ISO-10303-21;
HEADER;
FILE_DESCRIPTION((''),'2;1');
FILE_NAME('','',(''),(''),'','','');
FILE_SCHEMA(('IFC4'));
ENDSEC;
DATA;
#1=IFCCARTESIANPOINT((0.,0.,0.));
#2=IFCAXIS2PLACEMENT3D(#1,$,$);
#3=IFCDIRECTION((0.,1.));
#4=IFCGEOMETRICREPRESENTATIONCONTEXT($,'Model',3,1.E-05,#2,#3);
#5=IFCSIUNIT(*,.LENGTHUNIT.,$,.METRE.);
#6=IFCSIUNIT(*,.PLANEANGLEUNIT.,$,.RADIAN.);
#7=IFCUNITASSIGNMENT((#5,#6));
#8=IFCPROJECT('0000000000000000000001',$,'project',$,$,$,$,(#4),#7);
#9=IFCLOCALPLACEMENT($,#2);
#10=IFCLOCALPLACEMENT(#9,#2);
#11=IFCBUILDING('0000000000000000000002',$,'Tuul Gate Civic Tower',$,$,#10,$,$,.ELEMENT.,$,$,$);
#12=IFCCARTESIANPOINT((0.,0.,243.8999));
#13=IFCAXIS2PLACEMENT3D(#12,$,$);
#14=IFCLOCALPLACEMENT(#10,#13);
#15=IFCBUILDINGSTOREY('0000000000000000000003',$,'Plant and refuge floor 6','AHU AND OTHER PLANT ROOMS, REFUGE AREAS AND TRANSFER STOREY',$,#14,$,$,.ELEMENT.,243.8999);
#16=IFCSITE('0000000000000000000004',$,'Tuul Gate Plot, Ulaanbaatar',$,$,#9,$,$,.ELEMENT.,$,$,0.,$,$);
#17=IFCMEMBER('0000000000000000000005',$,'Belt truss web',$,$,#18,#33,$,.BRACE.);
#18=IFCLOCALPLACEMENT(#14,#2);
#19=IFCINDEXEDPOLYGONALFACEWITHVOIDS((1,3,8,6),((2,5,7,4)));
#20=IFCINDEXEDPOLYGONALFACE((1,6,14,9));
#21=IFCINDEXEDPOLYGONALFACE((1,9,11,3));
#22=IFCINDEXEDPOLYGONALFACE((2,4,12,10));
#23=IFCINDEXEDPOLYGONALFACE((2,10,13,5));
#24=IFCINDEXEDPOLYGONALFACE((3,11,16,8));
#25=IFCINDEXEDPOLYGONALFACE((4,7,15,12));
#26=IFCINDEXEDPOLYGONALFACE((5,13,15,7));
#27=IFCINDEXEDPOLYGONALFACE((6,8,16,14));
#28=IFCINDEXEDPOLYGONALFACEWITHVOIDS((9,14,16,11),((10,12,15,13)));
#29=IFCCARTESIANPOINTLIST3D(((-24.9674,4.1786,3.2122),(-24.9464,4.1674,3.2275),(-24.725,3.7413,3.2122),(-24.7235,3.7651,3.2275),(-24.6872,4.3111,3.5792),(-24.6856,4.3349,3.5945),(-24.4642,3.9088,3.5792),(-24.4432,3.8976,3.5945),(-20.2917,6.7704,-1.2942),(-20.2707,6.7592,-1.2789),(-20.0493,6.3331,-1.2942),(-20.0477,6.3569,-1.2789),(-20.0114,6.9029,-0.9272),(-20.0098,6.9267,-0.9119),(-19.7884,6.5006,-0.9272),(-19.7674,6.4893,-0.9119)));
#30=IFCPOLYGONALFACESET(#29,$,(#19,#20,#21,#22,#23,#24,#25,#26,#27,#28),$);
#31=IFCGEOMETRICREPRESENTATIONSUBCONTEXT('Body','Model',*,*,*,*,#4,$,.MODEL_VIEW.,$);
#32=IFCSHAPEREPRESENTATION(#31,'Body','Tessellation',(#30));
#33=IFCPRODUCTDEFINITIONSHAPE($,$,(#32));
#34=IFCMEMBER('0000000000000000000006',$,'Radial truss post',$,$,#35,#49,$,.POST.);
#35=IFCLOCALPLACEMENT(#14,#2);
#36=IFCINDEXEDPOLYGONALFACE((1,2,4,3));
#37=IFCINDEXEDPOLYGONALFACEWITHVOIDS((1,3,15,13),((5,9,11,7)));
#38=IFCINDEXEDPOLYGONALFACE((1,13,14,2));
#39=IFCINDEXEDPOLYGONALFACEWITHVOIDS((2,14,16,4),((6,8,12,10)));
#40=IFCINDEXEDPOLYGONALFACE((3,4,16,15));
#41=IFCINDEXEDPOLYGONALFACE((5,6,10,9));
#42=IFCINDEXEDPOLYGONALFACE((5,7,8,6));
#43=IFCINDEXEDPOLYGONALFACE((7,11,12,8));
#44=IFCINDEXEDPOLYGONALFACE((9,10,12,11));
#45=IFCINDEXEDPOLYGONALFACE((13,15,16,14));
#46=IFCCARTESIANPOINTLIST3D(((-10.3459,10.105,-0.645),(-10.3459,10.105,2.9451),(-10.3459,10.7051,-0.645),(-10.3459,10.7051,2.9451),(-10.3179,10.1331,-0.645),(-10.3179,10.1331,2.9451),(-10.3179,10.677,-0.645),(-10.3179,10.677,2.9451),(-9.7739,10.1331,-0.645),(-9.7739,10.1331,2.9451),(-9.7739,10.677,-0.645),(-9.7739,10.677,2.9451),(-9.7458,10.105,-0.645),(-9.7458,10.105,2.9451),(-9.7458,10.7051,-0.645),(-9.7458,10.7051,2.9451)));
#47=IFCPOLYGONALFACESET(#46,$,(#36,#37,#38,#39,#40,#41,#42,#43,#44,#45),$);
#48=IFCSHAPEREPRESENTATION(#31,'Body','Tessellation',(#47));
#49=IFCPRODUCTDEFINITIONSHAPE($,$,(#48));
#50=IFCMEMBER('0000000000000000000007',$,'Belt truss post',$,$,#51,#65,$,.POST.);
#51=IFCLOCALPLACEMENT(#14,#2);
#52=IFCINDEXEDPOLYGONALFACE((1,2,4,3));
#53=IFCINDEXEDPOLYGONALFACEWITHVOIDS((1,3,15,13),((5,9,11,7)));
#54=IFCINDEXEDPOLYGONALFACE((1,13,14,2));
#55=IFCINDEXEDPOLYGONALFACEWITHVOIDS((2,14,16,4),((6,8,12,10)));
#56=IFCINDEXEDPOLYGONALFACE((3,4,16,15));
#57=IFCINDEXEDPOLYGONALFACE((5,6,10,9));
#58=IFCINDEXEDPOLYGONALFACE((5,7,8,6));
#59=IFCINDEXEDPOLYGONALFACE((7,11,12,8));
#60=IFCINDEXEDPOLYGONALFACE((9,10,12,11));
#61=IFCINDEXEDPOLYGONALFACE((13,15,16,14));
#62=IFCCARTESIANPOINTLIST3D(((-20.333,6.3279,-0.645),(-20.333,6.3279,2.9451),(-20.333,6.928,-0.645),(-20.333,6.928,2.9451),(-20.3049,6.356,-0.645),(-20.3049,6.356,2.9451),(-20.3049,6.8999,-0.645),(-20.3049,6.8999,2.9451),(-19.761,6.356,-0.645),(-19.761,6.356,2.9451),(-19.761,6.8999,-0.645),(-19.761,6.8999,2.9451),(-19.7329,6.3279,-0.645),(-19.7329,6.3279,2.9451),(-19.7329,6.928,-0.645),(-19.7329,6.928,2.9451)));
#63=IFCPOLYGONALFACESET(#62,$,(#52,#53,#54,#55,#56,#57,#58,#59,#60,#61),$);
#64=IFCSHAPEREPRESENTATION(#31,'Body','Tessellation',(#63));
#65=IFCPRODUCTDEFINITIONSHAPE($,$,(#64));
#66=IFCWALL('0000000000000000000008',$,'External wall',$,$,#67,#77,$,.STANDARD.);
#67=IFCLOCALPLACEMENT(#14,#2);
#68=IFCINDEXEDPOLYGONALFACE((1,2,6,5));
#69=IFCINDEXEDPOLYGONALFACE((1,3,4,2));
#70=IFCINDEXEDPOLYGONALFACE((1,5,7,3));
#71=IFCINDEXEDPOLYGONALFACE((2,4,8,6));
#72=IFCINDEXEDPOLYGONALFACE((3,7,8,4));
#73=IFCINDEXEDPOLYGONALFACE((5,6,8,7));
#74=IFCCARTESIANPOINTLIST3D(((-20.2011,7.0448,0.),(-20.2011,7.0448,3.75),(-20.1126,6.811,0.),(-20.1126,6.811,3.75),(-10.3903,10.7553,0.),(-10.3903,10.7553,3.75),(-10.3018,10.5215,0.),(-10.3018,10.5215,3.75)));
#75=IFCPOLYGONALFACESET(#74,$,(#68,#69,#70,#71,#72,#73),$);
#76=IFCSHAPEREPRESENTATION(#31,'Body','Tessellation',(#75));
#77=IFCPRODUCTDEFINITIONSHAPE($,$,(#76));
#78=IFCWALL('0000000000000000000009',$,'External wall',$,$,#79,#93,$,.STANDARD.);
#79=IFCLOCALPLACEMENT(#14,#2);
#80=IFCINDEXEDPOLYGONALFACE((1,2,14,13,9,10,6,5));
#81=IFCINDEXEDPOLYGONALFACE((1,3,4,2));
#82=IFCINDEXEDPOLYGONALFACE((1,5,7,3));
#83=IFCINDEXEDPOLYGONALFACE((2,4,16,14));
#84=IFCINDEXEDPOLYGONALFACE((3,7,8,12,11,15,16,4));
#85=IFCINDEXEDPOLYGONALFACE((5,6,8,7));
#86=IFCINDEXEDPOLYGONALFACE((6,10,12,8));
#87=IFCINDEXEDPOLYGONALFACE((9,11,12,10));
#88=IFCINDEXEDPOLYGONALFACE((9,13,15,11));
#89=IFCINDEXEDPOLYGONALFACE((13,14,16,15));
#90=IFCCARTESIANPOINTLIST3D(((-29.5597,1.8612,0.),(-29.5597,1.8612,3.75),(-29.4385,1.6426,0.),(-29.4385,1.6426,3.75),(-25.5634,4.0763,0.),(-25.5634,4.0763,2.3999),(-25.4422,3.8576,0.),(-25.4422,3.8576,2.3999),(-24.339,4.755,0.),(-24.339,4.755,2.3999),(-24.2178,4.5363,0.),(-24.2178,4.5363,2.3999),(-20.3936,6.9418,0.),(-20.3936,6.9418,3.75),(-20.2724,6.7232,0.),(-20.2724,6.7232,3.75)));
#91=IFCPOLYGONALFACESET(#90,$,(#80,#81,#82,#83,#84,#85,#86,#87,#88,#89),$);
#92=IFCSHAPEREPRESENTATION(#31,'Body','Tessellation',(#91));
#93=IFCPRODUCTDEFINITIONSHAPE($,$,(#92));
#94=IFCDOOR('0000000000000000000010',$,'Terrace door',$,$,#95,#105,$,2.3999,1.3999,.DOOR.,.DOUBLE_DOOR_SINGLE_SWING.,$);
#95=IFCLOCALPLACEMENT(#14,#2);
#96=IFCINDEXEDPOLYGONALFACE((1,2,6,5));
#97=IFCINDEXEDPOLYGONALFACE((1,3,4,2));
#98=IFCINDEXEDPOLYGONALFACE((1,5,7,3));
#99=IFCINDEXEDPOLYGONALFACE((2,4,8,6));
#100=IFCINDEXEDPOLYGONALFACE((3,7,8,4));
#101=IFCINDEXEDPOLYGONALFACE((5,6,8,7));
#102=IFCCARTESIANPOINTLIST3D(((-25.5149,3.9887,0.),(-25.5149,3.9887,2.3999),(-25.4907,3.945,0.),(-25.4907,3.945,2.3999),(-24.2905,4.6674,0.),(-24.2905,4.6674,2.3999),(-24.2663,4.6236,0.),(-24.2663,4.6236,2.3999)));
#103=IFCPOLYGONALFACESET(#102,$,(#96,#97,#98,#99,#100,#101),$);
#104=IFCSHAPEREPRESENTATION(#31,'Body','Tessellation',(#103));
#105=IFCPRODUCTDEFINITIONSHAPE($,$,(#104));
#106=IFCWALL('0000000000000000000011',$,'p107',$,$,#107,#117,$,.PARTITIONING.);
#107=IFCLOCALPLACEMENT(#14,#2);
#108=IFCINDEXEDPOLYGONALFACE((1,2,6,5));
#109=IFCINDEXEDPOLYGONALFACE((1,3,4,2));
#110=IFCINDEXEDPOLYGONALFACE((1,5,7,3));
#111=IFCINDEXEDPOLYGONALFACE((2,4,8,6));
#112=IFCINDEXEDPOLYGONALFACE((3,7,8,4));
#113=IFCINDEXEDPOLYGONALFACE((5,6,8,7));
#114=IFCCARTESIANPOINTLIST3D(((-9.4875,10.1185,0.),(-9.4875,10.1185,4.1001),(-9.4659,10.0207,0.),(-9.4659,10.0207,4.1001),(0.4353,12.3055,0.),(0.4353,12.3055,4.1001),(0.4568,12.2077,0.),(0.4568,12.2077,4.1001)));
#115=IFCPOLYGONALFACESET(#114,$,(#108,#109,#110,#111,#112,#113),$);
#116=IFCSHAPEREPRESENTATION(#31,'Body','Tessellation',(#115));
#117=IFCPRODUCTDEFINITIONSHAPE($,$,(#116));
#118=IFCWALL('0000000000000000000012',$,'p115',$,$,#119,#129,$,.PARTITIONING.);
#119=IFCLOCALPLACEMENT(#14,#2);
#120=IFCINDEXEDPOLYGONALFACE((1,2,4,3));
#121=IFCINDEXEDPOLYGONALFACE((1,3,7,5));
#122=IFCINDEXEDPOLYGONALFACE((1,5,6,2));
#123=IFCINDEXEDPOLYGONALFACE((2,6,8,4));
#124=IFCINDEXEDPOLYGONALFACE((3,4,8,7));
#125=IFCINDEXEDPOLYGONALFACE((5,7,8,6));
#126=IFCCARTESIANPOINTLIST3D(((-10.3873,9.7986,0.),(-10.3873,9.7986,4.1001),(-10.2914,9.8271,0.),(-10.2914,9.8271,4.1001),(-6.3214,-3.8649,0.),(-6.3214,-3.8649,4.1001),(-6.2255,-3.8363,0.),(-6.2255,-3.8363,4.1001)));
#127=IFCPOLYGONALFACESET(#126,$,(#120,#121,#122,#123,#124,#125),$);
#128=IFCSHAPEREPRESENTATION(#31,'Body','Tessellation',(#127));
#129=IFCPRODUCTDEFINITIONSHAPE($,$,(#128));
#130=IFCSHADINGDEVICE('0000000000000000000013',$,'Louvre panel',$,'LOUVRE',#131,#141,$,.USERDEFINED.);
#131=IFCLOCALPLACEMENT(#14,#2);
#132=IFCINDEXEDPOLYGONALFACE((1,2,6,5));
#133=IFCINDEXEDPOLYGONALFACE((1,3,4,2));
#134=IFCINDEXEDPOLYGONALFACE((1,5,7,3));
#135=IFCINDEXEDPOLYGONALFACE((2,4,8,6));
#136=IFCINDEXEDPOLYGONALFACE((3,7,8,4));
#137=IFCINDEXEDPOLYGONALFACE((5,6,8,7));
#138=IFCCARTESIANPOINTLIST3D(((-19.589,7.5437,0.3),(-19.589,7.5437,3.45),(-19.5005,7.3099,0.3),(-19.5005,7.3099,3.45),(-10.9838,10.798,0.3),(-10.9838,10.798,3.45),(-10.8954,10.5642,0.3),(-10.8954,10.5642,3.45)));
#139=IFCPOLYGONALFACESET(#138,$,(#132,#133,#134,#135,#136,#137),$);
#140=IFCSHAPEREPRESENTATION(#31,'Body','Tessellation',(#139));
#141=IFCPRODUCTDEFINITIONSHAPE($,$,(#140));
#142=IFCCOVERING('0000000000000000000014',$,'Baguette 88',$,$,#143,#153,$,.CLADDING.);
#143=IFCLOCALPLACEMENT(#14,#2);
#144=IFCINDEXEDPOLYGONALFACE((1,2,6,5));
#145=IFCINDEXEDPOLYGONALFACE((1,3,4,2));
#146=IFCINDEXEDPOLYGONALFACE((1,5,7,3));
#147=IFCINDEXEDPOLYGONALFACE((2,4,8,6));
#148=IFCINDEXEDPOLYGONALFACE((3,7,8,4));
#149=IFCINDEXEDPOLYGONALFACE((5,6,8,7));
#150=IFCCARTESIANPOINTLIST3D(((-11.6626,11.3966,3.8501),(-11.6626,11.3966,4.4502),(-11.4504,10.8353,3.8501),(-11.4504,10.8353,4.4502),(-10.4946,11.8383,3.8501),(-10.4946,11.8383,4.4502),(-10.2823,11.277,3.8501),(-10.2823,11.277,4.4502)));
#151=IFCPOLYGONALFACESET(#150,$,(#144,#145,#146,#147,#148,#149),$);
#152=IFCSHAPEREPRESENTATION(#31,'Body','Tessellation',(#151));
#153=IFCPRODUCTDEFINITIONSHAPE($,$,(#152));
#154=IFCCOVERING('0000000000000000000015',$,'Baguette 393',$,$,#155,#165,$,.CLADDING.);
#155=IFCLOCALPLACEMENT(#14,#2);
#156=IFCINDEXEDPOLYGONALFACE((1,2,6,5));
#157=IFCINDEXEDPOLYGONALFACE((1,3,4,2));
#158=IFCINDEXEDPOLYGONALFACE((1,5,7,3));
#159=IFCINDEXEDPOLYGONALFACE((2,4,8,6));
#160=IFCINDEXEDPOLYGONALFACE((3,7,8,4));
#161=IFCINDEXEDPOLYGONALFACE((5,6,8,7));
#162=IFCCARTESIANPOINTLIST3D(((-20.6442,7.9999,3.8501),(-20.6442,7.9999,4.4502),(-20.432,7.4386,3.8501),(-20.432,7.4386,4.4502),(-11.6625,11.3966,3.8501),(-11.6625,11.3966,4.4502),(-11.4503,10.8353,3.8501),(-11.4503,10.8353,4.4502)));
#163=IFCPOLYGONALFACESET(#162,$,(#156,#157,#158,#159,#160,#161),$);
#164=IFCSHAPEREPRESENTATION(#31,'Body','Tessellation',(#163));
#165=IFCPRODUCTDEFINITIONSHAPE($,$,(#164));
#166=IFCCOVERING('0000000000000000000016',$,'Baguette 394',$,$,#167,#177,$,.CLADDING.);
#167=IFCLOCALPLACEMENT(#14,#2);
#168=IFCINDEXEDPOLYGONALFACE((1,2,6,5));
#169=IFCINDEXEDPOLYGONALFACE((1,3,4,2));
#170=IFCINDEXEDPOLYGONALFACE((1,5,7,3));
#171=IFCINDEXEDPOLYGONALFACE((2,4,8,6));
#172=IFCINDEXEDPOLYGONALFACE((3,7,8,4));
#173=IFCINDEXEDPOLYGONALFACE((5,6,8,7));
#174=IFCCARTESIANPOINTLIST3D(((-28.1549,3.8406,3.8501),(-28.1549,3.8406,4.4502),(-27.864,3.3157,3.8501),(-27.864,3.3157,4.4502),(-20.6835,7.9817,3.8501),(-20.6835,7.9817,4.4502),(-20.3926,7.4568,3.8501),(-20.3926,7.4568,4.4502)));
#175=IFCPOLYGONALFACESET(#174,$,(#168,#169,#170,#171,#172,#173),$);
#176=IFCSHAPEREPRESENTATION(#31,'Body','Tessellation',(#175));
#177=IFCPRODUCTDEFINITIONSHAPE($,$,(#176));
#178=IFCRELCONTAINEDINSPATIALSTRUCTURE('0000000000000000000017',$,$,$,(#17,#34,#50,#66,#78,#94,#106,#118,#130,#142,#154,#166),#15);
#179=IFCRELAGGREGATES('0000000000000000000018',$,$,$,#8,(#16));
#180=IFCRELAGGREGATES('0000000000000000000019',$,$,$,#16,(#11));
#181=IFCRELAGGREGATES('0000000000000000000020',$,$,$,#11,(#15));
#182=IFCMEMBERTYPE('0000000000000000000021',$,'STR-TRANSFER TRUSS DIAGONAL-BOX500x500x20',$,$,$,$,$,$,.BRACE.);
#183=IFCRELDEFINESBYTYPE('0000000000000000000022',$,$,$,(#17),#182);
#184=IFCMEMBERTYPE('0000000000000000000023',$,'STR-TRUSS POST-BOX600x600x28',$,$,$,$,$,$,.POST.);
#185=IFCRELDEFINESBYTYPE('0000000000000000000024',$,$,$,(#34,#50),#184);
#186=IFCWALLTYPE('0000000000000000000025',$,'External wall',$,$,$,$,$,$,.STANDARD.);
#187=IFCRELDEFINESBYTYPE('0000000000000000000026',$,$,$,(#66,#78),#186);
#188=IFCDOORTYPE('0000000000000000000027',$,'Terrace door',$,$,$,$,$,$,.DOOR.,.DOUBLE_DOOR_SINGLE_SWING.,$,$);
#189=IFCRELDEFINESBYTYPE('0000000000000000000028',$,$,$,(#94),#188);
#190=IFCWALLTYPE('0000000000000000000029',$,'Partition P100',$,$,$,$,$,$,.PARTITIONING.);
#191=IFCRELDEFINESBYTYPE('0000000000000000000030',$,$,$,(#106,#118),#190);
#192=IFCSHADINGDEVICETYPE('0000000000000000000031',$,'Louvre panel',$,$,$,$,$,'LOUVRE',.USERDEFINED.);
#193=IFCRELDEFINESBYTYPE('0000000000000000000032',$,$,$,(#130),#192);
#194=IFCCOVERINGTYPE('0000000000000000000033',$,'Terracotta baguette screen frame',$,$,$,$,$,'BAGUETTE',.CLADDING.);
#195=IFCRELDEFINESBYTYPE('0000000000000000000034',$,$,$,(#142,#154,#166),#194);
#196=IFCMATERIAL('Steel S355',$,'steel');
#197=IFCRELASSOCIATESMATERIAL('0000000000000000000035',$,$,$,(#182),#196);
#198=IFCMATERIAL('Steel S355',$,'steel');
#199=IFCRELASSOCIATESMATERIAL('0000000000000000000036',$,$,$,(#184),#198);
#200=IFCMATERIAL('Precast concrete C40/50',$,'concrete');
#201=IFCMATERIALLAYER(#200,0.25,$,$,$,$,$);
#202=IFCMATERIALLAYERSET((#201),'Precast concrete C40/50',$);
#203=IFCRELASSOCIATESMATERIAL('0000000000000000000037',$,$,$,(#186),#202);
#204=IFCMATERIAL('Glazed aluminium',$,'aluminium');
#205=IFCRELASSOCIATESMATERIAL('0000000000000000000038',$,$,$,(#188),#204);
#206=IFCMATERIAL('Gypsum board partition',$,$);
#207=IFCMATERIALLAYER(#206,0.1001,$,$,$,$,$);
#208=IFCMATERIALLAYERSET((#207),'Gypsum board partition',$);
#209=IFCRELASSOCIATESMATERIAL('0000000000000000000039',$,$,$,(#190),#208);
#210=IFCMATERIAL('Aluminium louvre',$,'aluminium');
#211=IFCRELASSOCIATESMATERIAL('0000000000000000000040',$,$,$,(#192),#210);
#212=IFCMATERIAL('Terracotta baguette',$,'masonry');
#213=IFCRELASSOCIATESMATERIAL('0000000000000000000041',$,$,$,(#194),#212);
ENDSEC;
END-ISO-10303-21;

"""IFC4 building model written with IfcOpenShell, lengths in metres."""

from ifc_helpers import new_model, si_unit, direction, frame, frame_2d, origin, origin_2d, place, context, subcontext, project, spatial, rectangle, hollow_rectangle, extrude, material, layer, layer_set, material_profile, profile_set, type_object, element, fill, save


model = new_model("IFC4")

# Units and contexts
model_context = context("Model", 3, precision=1e-05, world=origin(), true_north=direction((0.0, 1.0)))
body_context = subcontext(model_context, "Body", "Model", "MODEL_VIEW")
ifc_project = project(units=[si_unit("LENGTHUNIT", "METRE"), si_unit("PLANEANGLEUNIT", "RADIAN")], contexts=[model_context])

# Site, building, storey
site_placement = place(None, origin())
site = spatial("IfcSite", under=ifc_project, at=site_placement, Name="Tuul Gate Plot, Ulaanbaatar", CompositionType="ELEMENT", RefElevation=0.0)
building_placement = place(site_placement, origin())
building = spatial("IfcBuilding", under=site, at=building_placement, Name="Tuul Gate Civic Tower", CompositionType="ELEMENT")
storey_placement = place(building_placement, frame((0.0, 0.0, 243.8999)))
storey = spatial("IfcBuildingStorey", under=building, at=storey_placement, Name="Plant and refuge floor 6", Description="AHU AND OTHER PLANT ROOMS, REFUGE AREAS AND TRANSFER STOREY", CompositionType="ELEMENT", Elevation=243.8999)

# Members
ifc_material_1 = material(Name="Steel S355", Category="steel")
ifc_material_profile_1 = material_profile(ifc_material_1, hollow_rectangle(XDim=0.5, YDim=0.5, WallThickness=0.02, at=origin_2d()), Name="BOX500x500x20")
ifc_profile_set_1 = profile_set([ifc_material_profile_1], Name="Steel S355")
member_type_1 = type_object("IfcMemberType", Name="STR-TRANSFER TRUSS DIAGONAL-BOX500x500x20", PredefinedType="BRACE", material=ifc_profile_set_1)
member_1_placement = place(storey_placement, frame((-20.0295, 6.6299, -1.103), z_axis=(-0.668737, -0.370682, 0.644504), x_axis=(0.484805, -0.874622, 0.0)))
element("IfcMember", 1, at=member_1_placement, inside=storey, type_object=member_type_1, Name="Belt truss web", PredefinedType="BRACE", context=body_context, shape_type="SweptSolid", body=[
    extrude(hollow_rectangle(XDim=0.5, YDim=0.5, WallThickness=0.02, at=origin_2d()), origin(), (0.0, 0.0, 1.0), 6.9919),
])
ifc_material_2 = material(Name="Steel S355", Category="steel")
ifc_material_profile_2 = material_profile(ifc_material_2, hollow_rectangle(XDim=0.6001, YDim=0.6001, WallThickness=0.0281, at=origin_2d()), Name="BOX600x600x28")
ifc_profile_set_2 = profile_set([ifc_material_profile_2], Name="Steel S355")
member_type_2 = type_object("IfcMemberType", Name="STR-TRUSS POST-BOX600x600x28", PredefinedType="POST", material=ifc_profile_set_2)
for number, where, z_axis, x_axis, name in (
    (2, (-10.0459, 10.405, -0.645), (0.0, 0.0, 1.0), (1.0, 0.0, 0.0), "Radial truss post"),
    (3, (-20.033, 6.6279, -0.645), (0.0, 0.0, 1.0), (1.0, 0.0, 0.0), "Belt truss post"),
):
    element("IfcMember", number, at=place(storey_placement, frame(where, z_axis=z_axis, x_axis=x_axis)), inside=storey, type_object=member_type_2, Name=name, PredefinedType="POST", context=body_context, shape_type="SweptSolid", body=[
        extrude(hollow_rectangle(XDim=0.6001, YDim=0.6001, WallThickness=0.0281, at=origin_2d()), origin(), (0.0, 0.0, 1.0), 3.5901),
    ])

# Wall
ifc_material_3 = material(Name="Precast concrete C40/50", Category="concrete")
ifc_layer_1 = layer(ifc_material_3, 0.25)
ifc_layer_set_1 = layer_set([ifc_layer_1], Name="Precast concrete C40/50")
wall_type_1 = type_object("IfcWallType", Name="External wall", PredefinedType="STANDARD", material=ifc_layer_set_1)
wall_1_placement = place(storey_placement, frame((-10.3459, 10.6384, 0.0), z_axis=(0.0, 0.0, 1.0), x_axis=(-0.935341, -0.353747, 0.0)))
element("IfcWall", 4, at=wall_1_placement, inside=storey, type_object=wall_type_1, Name="External wall", PredefinedType="STANDARD", context=body_context, shape_type="SweptSolid", body=[
    extrude(rectangle(XDim=10.489, YDim=0.25, at=frame_2d((5.2446, 0.0))), origin(), (0.0, 0.0, 1.0), 3.75),
])

# Wall, opening, door
wall_2_placement = place(storey_placement, frame((-20.333, 6.8325, 0.0), z_axis=(0.0, 0.0, 1.0), x_axis=(-0.874629, -0.484792, 0.0)))
wall_2 = element("IfcWall", 5, at=wall_2_placement, inside=storey, type_object=wall_type_1, Name="External wall", PredefinedType="STANDARD", context=body_context, shape_type="SweptSolid", body=[
    extrude(rectangle(XDim=10.48, YDim=0.25, at=frame_2d((5.24, 0.0))), origin(), (0.0, 0.0, 1.0), 3.75),
])
opening_placement = place(wall_2_placement, frame((4.511, 0.0, 0.0)))
opening = element("IfcOpeningElement", 6, at=opening_placement, cuts=wall_2, PredefinedType="OPENING", context=body_context, shape_type="SweptSolid", body=[
    extrude(rectangle(XDim=1.3999, YDim=2.3999, at=frame_2d((0.7, 1.2))), frame((0.0, 0.135, 0.0), z_axis=(0.0, -1.0, 0.0), x_axis=(1.0, 0.0, 0.0)), (0.0, 0.0, 1.0), 0.27),
])
ifc_material_4 = material(Name="Glazed aluminium", Category="aluminium")
door_type = type_object("IfcDoorType", Name="Terrace door", OperationType="DOUBLE_DOOR_SINGLE_SWING", PredefinedType="DOOR", material=ifc_material_4)
door_placement = place(opening_placement, frame((1.3999, 0.0, 0.0), z_axis=(0.0, 0.0, 1.0), x_axis=(-1.0, 0.0, 0.0)))
door = element("IfcDoor", 7, at=door_placement, inside=storey, type_object=door_type, Name="Terrace door", OperationType="DOUBLE_DOOR_SINGLE_SWING", OverallHeight=2.3999, OverallWidth=1.3999, PredefinedType="DOOR", context=body_context, shape_type="SweptSolid", body=[
    extrude(rectangle(XDim=1.3999, YDim=2.3999, at=frame_2d((0.7, 1.2))), frame((0.0, 0.0249, 0.0), z_axis=(0.0, -1.0, 0.0), x_axis=(1.0, 0.0, 0.0)), (0.0, 0.0, 1.0), 0.05),
])
fill(opening, door)

# Walls
ifc_material_5 = material(Name="Gypsum board partition")
ifc_layer_2 = layer(ifc_material_5, 0.1001)
ifc_layer_set_2 = layer_set([ifc_layer_2], Name="Gypsum board partition")
wall_type_2 = type_object("IfcWallType", Name="Partition P100", PredefinedType="PARTITIONING", material=ifc_layer_set_2)
wall_3_placement = place(storey_placement, frame((-9.4768, 10.0696, 0.0), z_axis=(0.0, 0.0, 1.0), x_axis=(0.976562, 0.215236, 0.0)))
element("IfcWall", 8, at=wall_3_placement, inside=storey, type_object=wall_type_2, Name="p107", PredefinedType="PARTITIONING", context=body_context, shape_type="SweptSolid", body=[
    extrude(rectangle(XDim=10.1609, YDim=0.1001, at=frame_2d((5.0806, 0.0))), origin(), (0.0, 0.0, 1.0), 4.1001),
])
wall_4_placement = place(storey_placement, frame((-10.3394, 9.813, 0.0), z_axis=(0.0, 0.0, 1.0), x_axis=(0.285214, -0.958464, 0.0)))
element("IfcWall", 9, at=wall_4_placement, inside=storey, type_object=wall_type_2, Name="p115", PredefinedType="PARTITIONING", context=body_context, shape_type="SweptSolid", body=[
    extrude(rectangle(XDim=14.2556, YDim=0.1001, at=frame_2d((7.1279, 0.0))), origin(), (0.0, 0.0, 1.0), 4.1001),
])

# Shading device
ifc_material_6 = material(Name="Aluminium louvre", Category="aluminium")
shading_device_type = type_object("IfcShadingDeviceType", Name="Louvre panel", ElementType="LOUVRE", PredefinedType="USERDEFINED", material=ifc_material_6)
shading_device_placement = place(storey_placement, frame((-15.2422, 9.054, 0.3), z_axis=(0.0, 0.0, 1.0), x_axis=(-0.353734, 0.935346, 0.0)))
element("IfcShadingDevice", 10, at=shading_device_placement, inside=storey, type_object=shading_device_type, Name="Louvre panel", ObjectType="LOUVRE", PredefinedType="USERDEFINED", context=body_context, shape_type="SweptSolid", body=[
    extrude(rectangle(XDim=0.25, YDim=9.2, at=origin_2d()), origin(), (0.0, 0.0, 1.0), 3.1499),
])

# Coverings
ifc_material_7 = material(Name="Terracotta baguette", Category="masonry")
ifc_material_profile_3 = material_profile(ifc_material_7, rectangle(XDim=0.6001, YDim=0.6001, at=origin_2d()), Name="Terracotta baguette screen frame")
ifc_profile_set_3 = profile_set([ifc_material_profile_3], Name="Terracotta baguette")
covering_type = type_object("IfcCoveringType", Name="Terracotta baguette screen frame", ElementType="BAGUETTE", PredefinedType="CLADDING", material=ifc_profile_set_3)
covering_1_placement = place(storey_placement, frame((-10.3884, 11.5576, 4.1501), z_axis=(-0.935361, -0.353693, 0.0), x_axis=(0.353693, -0.935361, 0.0)))
element("IfcCovering", 11, at=covering_1_placement, inside=storey, type_object=covering_type, Name="Baguette 88", PredefinedType="CLADDING", context=body_context, shape_type="SweptSolid", body=[
    extrude(rectangle(XDim=0.6001, YDim=0.6001, at=origin_2d()), origin(), (0.0, 0.0, 1.0), 1.2488),
])
covering_2_placement = place(storey_placement, frame((-11.5564, 11.116, 4.1501), z_axis=(-0.935347, -0.353733, 0.0), x_axis=(0.353733, -0.935347, 0.0)))
element("IfcCovering", 12, at=covering_2_placement, inside=storey, type_object=covering_type, Name="Baguette 393", PredefinedType="CLADDING", context=body_context, shape_type="SweptSolid", body=[
    extrude(rectangle(XDim=0.6001, YDim=0.6001, at=origin_2d()), origin(), (0.0, 0.0, 1.0), 9.6025),
])
covering_3_placement = place(storey_placement, frame((-20.5381, 7.7192, 4.1501), z_axis=(-0.874638, -0.484776, 0.0), x_axis=(0.484776, -0.874638, 0.0)))
element("IfcCovering", 13, at=covering_3_placement, inside=storey, type_object=covering_type, Name="Baguette 394", PredefinedType="CLADDING", context=body_context, shape_type="SweptSolid", body=[
    extrude(rectangle(XDim=0.6001, YDim=0.6001, at=origin_2d()), origin(), (0.0, 0.0, 1.0), 8.5422),
])

save(model, "model.ifc")
